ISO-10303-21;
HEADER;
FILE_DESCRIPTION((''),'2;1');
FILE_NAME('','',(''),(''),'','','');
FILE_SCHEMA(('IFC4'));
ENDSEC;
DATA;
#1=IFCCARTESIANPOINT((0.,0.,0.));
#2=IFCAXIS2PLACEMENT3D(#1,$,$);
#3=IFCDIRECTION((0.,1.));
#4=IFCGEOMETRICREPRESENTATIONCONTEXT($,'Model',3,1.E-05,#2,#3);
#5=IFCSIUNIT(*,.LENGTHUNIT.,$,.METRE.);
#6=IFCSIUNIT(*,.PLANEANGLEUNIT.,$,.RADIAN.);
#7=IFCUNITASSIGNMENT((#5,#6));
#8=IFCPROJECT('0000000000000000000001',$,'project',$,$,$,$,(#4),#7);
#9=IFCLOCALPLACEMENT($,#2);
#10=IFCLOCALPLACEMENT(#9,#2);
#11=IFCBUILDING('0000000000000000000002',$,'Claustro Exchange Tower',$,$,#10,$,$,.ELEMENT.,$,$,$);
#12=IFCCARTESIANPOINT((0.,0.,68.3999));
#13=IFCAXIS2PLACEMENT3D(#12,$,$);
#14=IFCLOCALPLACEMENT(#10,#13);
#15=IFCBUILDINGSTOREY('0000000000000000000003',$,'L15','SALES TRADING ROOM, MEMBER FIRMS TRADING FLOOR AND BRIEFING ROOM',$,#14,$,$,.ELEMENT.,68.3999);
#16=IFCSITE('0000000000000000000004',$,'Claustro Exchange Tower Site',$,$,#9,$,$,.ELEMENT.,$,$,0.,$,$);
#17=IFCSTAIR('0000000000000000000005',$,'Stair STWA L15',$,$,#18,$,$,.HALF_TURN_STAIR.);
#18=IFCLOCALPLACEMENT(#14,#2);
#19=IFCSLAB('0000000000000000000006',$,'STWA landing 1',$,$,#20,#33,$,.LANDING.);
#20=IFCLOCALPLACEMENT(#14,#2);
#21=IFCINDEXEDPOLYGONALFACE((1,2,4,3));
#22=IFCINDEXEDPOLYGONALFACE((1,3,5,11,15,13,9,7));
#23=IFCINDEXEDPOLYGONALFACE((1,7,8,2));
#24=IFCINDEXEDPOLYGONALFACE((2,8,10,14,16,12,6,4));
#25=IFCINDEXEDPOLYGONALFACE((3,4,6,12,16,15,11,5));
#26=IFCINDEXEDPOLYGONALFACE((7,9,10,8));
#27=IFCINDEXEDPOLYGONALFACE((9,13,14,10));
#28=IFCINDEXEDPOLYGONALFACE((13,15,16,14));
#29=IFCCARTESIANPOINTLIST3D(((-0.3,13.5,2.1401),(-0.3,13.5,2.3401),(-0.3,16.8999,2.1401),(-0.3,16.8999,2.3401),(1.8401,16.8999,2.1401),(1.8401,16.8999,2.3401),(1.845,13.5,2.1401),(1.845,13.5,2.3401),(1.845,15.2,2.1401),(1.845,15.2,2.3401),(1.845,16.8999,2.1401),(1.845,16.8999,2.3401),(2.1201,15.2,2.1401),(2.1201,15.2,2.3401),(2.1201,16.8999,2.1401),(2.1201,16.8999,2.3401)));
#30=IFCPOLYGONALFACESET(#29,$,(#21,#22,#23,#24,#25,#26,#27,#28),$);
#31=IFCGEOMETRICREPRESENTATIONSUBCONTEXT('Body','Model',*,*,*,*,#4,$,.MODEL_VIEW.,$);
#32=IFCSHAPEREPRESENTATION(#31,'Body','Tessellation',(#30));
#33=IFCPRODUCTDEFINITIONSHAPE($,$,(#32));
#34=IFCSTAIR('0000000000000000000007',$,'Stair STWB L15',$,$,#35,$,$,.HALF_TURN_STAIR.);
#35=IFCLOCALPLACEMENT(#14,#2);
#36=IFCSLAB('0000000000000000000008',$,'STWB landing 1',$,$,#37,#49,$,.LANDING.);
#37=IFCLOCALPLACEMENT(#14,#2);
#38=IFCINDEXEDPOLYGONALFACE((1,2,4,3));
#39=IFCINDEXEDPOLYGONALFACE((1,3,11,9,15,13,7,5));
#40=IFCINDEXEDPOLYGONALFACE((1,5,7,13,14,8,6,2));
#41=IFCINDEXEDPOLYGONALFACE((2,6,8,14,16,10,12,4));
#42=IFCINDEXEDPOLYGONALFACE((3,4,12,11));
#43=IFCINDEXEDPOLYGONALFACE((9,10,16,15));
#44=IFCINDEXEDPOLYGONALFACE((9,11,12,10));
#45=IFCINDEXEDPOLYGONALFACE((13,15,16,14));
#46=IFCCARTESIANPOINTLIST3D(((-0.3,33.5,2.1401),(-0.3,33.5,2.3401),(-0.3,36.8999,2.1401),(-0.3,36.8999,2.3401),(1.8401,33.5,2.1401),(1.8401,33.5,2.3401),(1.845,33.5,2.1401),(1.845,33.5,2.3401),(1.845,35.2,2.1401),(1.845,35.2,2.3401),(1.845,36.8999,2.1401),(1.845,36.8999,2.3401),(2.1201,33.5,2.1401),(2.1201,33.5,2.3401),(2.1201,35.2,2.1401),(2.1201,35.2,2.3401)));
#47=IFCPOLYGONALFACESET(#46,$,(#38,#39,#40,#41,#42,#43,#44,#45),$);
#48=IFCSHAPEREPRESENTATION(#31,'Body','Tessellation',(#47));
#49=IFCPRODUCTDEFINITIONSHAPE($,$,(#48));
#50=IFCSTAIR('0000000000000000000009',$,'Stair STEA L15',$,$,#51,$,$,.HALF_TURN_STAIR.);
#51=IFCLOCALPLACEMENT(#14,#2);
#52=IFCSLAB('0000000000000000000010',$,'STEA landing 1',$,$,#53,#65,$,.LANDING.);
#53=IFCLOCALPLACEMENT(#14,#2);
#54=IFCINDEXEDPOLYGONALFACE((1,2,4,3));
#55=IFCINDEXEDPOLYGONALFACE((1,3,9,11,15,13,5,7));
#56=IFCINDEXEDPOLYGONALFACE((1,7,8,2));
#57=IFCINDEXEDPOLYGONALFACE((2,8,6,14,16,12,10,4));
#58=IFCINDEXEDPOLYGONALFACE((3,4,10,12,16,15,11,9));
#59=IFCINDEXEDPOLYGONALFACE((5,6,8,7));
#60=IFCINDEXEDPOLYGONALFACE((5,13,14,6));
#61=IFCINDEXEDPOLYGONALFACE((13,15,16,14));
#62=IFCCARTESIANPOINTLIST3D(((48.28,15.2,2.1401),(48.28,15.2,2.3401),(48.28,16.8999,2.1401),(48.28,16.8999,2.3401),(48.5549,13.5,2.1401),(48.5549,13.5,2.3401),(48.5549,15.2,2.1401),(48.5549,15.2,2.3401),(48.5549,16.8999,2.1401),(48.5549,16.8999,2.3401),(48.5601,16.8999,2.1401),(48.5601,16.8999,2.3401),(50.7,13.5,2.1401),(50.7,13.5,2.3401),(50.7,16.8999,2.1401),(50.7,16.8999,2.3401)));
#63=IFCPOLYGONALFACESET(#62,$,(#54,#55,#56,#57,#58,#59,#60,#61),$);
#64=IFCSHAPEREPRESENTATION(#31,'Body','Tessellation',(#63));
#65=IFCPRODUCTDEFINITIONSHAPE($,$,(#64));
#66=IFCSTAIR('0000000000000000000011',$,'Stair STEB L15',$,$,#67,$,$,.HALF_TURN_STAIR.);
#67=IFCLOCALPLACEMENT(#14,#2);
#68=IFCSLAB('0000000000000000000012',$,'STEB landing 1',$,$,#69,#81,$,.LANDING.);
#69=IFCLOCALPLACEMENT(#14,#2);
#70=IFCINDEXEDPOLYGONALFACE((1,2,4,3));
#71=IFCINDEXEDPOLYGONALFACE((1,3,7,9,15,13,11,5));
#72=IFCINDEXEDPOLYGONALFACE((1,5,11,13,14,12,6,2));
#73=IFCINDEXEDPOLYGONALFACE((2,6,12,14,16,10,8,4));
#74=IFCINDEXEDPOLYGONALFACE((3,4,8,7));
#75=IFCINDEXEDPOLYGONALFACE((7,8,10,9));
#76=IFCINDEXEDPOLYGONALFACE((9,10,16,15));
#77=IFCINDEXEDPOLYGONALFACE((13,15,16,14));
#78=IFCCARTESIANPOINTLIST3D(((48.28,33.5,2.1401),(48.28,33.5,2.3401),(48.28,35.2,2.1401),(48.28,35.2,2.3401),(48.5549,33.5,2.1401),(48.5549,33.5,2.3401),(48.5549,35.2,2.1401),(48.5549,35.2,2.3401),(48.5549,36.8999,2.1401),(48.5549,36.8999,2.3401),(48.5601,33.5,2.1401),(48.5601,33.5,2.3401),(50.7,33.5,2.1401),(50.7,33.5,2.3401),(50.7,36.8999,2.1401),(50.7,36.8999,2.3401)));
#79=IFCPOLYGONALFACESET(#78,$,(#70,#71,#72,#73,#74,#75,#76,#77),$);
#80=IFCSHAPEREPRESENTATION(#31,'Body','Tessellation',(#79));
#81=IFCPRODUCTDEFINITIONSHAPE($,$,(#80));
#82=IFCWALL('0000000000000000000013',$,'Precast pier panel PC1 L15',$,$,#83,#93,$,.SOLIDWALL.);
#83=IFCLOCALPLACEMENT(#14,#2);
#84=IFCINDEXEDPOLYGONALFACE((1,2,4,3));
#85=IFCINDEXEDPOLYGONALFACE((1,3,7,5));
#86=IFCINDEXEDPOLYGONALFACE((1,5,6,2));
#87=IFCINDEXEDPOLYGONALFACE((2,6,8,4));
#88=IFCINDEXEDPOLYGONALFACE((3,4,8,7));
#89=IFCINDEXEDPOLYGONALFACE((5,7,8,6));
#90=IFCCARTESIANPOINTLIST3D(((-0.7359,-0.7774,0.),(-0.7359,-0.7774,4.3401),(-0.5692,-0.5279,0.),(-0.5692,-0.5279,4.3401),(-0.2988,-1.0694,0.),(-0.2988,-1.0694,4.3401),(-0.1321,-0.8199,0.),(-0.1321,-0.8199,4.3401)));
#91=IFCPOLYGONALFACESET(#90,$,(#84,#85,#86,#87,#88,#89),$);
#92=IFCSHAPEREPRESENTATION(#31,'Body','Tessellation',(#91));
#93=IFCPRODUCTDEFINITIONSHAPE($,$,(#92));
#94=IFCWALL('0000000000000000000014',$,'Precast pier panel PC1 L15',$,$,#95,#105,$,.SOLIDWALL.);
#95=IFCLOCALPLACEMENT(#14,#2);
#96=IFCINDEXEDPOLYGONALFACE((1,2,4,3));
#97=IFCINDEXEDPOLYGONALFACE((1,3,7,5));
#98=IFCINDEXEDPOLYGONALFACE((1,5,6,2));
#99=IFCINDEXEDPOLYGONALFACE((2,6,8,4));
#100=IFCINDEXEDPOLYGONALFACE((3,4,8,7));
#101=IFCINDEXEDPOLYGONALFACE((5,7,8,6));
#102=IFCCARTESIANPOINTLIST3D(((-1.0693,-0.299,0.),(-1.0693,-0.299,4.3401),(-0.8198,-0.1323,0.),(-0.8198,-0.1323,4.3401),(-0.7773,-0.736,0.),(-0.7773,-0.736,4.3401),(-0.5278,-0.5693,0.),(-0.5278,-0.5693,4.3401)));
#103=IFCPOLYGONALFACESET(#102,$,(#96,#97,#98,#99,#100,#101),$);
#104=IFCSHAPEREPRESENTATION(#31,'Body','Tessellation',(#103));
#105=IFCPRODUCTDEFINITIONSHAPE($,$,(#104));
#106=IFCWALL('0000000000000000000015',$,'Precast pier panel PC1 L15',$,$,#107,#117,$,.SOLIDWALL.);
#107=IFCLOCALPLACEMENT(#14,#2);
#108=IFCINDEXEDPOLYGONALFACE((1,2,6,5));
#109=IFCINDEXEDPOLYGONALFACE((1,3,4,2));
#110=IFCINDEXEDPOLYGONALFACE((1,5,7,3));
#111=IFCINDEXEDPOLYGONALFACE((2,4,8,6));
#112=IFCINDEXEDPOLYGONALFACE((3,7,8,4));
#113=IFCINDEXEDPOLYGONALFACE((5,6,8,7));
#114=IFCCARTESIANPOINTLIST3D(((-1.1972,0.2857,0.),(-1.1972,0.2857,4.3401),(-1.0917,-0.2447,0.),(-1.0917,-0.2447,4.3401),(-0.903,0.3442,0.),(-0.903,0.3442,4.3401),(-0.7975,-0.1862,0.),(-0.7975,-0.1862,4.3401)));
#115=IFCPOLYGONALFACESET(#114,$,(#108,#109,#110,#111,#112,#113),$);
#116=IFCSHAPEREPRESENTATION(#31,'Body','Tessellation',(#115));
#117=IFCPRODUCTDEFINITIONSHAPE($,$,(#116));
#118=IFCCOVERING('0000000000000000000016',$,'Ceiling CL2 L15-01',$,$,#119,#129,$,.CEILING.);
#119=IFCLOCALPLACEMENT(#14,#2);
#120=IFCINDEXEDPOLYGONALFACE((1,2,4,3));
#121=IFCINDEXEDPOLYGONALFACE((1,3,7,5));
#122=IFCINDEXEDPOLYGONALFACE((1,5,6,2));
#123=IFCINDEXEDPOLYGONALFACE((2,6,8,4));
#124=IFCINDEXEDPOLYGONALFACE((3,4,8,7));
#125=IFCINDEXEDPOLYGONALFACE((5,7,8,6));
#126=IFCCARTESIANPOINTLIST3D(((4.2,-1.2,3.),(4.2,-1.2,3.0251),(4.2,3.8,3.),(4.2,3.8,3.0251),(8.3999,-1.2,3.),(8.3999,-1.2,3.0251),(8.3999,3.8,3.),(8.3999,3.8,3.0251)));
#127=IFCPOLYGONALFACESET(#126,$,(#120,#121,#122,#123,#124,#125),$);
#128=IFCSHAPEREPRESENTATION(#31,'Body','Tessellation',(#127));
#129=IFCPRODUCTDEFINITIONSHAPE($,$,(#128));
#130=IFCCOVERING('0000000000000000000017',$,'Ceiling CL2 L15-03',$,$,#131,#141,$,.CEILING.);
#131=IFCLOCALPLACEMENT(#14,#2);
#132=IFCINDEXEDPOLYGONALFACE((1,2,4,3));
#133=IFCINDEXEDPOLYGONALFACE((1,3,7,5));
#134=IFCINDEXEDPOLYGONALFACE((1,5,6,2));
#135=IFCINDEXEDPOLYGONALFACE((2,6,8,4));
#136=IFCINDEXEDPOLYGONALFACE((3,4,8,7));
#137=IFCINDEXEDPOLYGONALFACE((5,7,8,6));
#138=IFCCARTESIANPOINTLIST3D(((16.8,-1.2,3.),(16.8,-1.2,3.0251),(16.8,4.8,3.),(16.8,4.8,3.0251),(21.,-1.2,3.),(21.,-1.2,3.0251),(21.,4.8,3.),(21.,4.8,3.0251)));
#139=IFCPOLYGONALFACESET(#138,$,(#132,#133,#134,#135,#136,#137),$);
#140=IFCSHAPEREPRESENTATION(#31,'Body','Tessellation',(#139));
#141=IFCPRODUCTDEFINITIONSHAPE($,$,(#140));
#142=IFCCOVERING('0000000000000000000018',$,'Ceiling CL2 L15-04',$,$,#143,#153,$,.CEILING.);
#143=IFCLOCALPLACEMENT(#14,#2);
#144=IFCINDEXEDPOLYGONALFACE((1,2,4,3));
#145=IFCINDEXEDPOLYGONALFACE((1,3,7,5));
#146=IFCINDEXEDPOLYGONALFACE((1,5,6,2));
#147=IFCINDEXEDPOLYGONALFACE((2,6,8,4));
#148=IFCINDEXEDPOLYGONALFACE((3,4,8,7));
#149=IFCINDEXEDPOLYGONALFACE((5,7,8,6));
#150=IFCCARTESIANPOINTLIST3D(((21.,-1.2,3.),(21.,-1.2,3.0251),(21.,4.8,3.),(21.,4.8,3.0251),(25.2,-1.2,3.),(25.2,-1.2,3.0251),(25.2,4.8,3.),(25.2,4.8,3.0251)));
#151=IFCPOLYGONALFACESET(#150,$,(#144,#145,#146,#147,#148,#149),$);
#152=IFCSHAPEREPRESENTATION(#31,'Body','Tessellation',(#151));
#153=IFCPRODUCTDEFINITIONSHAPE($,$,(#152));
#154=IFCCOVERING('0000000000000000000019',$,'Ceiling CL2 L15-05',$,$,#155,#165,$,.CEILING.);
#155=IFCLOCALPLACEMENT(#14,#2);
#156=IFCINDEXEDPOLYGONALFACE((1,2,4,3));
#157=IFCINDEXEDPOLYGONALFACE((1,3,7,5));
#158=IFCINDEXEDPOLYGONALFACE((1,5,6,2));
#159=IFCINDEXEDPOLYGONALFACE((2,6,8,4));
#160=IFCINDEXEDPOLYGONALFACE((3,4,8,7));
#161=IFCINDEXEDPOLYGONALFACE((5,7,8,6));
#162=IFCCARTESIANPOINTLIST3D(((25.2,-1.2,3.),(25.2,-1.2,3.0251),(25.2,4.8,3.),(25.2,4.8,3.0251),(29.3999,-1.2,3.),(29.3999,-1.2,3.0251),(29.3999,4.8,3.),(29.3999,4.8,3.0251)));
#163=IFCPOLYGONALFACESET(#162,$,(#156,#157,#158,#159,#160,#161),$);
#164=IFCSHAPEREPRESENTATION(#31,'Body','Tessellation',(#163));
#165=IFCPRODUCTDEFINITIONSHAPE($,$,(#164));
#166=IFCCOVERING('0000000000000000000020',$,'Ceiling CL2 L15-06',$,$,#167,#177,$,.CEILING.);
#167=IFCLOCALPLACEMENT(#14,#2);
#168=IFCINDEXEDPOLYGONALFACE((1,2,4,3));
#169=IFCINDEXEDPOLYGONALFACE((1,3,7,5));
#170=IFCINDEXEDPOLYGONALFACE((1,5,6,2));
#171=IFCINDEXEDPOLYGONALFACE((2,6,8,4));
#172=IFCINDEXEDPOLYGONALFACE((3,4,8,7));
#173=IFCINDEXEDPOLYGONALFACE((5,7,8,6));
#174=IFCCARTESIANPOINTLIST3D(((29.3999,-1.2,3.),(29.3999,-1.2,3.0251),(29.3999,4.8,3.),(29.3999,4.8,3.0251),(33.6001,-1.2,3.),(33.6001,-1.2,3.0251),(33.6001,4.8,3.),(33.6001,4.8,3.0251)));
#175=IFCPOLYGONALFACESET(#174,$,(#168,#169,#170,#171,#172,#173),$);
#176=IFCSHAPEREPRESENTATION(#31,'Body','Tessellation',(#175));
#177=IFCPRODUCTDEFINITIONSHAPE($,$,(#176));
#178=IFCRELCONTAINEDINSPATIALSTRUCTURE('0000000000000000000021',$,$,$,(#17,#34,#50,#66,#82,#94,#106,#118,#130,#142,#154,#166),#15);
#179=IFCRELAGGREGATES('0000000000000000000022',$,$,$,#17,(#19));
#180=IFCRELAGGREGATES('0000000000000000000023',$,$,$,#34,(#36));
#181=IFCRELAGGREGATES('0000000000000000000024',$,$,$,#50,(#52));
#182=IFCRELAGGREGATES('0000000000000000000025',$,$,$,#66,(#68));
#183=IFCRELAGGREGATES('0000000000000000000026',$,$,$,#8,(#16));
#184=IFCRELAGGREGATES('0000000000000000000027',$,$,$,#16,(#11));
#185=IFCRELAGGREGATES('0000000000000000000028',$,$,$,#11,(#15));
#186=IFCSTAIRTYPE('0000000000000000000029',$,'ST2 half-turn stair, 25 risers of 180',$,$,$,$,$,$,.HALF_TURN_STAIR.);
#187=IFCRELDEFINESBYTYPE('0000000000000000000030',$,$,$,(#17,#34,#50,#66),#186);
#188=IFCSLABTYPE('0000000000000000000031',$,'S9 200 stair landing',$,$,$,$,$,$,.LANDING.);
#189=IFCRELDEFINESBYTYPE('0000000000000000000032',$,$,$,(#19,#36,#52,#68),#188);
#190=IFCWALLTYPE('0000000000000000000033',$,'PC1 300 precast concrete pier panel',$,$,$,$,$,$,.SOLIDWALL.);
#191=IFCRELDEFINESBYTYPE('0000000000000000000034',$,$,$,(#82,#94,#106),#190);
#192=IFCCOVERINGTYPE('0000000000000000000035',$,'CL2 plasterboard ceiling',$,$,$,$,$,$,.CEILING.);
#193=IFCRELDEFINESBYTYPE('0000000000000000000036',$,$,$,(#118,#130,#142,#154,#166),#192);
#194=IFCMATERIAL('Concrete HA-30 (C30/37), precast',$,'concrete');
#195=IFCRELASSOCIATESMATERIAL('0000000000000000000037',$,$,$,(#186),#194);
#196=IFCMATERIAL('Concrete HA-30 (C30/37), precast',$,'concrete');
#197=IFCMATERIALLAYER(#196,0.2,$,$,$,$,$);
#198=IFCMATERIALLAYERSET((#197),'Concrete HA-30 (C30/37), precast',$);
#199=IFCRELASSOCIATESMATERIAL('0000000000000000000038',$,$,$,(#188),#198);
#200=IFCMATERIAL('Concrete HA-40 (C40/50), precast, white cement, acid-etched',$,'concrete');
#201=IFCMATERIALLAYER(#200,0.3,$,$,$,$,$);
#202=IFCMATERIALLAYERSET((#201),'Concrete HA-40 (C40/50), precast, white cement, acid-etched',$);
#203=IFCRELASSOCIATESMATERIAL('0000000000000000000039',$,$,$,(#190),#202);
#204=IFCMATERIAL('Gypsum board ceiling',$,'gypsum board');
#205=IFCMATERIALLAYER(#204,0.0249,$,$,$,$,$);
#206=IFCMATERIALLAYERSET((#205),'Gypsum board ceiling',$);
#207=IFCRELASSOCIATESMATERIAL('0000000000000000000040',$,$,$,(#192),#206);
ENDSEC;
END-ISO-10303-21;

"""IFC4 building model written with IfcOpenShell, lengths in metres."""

from ifc_helpers import new_model, si_unit, direction, frame, frame_2d, origin, place, context, subcontext, project, spatial, polyline, rectangle, outline, extrude, material, layer, layer_set, type_object, element, aggregate, save


model = new_model("IFC4")

# Units and contexts
model_context = context("Model", 3, precision=1e-05, world=origin(), true_north=direction((0.0, 1.0)))
body_context = subcontext(model_context, "Body", "Model", "MODEL_VIEW")
ifc_project = project(units=[si_unit("LENGTHUNIT", "METRE"), si_unit("PLANEANGLEUNIT", "RADIAN")], contexts=[model_context])

# Site, building, storey
site_placement = place(None, origin())
site = spatial("IfcSite", under=ifc_project, at=site_placement, Name="Claustro Exchange Tower Site", CompositionType="ELEMENT", RefElevation=0.0)
building_placement = place(site_placement, origin())
building = spatial("IfcBuilding", under=site, at=building_placement, Name="Claustro Exchange Tower", CompositionType="ELEMENT")
storey_placement = place(building_placement, frame((0.0, 0.0, 68.3999)))
storey = spatial("IfcBuildingStorey", under=building, at=storey_placement, Name="L15", Description="SALES TRADING ROOM, MEMBER FIRMS TRADING FLOOR AND BRIEFING ROOM", CompositionType="ELEMENT", Elevation=68.3999)

# Stairs, slabs
ifc_material_1 = material(Name="Concrete HA-30 (C30/37), precast", Category="concrete")
stair_type = type_object("IfcStairType", Name="ST2 half-turn stair, 25 risers of 180", PredefinedType="HALF_TURN_STAIR", material=ifc_material_1)
stair_1_placement = place(storey_placement, origin())
stair_1 = element("IfcStair", 1, at=stair_1_placement, inside=storey, type_object=stair_type, Name="Stair STWA L15", PredefinedType="HALF_TURN_STAIR")
ifc_material_2 = material(Name="Concrete HA-30 (C30/37), precast", Category="concrete")
ifc_layer_1 = layer(ifc_material_2, 0.2)
ifc_layer_set_1 = layer_set([ifc_layer_1], Name="Concrete HA-30 (C30/37), precast")
slab_type_1 = type_object("IfcSlabType", Name="S9 200 stair landing", PredefinedType="LANDING", material=ifc_layer_set_1)
slab_1_placement = place(storey_placement, frame((0.0, 0.0, 2.1401)))
slab_1 = element("IfcSlab", 2, at=slab_1_placement, type_object=slab_type_1, Name="STWA landing 1", PredefinedType="LANDING", context=body_context, shape_type="SweptSolid", body=[
    extrude(outline(polyline([(1.845, 13.5), (-0.3, 13.5), (-0.3, 16.8999), (1.8401, 16.8999), (1.845, 16.8999), (2.1201, 16.8999), (2.1201, 15.2), (1.845, 15.2), (1.845, 13.5)])), origin(), (0.0, 0.0, 1.0), 0.2),
])
aggregate(stair_1, [slab_1])
stair_2_placement = place(storey_placement, origin())
stair_2 = element("IfcStair", 3, at=stair_2_placement, inside=storey, type_object=stair_type, Name="Stair STWB L15", PredefinedType="HALF_TURN_STAIR")
slab_2_placement = place(storey_placement, frame((0.0, 0.0, 2.1401)))
slab_2 = element("IfcSlab", 4, at=slab_2_placement, type_object=slab_type_1, Name="STWB landing 1", PredefinedType="LANDING", context=body_context, shape_type="SweptSolid", body=[
    extrude(outline(polyline([(2.1201, 35.2), (2.1201, 33.5), (1.845, 33.5), (1.8401, 33.5), (-0.3, 33.5), (-0.3, 36.8999), (1.845, 36.8999), (1.845, 35.2), (2.1201, 35.2)])), origin(), (0.0, 0.0, 1.0), 0.2),
])
aggregate(stair_2, [slab_2])
stair_3_placement = place(storey_placement, origin())
stair_3 = element("IfcStair", 5, at=stair_3_placement, inside=storey, type_object=stair_type, Name="Stair STEA L15", PredefinedType="HALF_TURN_STAIR")
slab_3_placement = place(storey_placement, frame((0.0, 0.0, 2.1401)))
slab_3 = element("IfcSlab", 6, at=slab_3_placement, type_object=slab_type_1, Name="STEA landing 1", PredefinedType="LANDING", context=body_context, shape_type="SweptSolid", body=[
    extrude(outline(polyline([(50.7, 16.8999), (50.7, 13.5), (48.5549, 13.5), (48.5549, 15.2), (48.28, 15.2), (48.28, 16.8999), (48.5549, 16.8999), (48.5601, 16.8999), (50.7, 16.8999)])), origin(), (0.0, 0.0, 1.0), 0.2),
])
aggregate(stair_3, [slab_3])
stair_4_placement = place(storey_placement, origin())
stair_4 = element("IfcStair", 7, at=stair_4_placement, inside=storey, type_object=stair_type, Name="Stair STEB L15", PredefinedType="HALF_TURN_STAIR")
slab_4_placement = place(storey_placement, frame((0.0, 0.0, 2.1401)))
slab_4 = element("IfcSlab", 8, at=slab_4_placement, type_object=slab_type_1, Name="STEB landing 1", PredefinedType="LANDING", context=body_context, shape_type="SweptSolid", body=[
    extrude(outline(polyline([(48.28, 33.5), (48.28, 35.2), (48.5549, 35.2), (48.5549, 36.8999), (50.7, 36.8999), (50.7, 33.5), (48.5601, 33.5), (48.5549, 33.5), (48.28, 33.5)])), origin(), (0.0, 0.0, 1.0), 0.2),
])
aggregate(stair_4, [slab_4])

# Walls
ifc_material_3 = material(Name="Concrete HA-40 (C40/50), precast, white cement, acid-etched", Category="concrete")
ifc_layer_2 = layer(ifc_material_3, 0.3)
ifc_layer_set_2 = layer_set([ifc_layer_2], Name="Concrete HA-40 (C40/50), precast, white cement, acid-etched")
wall_type = type_object("IfcWallType", Name="PC1 300 precast concrete pier panel", PredefinedType="SOLIDWALL", material=ifc_layer_set_2)
for number, where, z_axis, x_axis, name in (
    (9, (-0.2156, -0.9446, 0.0), (0.0, 0.0, 1.0), (-0.831478, 0.555557, 0.0), "Precast pier panel PC1 L15"),
    (10, (-0.6526, -0.6526, 0.0), (0.0, 0.0, 1.0), (-0.555557, 0.831478, 0.0), "Precast pier panel PC1 L15"),
):
    element("IfcWall", number, at=place(storey_placement, frame(where, z_axis=z_axis, x_axis=x_axis)), inside=storey, type_object=wall_type, Name=name, PredefinedType="SOLIDWALL", context=body_context, shape_type="SweptSolid", body=[
        extrude(rectangle(XDim=0.5256, YDim=0.3, at=frame_2d((0.2627, 0.0))), origin(), (0.0, 0.0, 1.0), 4.3401),
    ])
wall_placement = place(storey_placement, frame((-0.9446, -0.2156, 0.0), z_axis=(0.0, 0.0, 1.0), x_axis=(-0.195074, 0.980789, 0.0)))
element("IfcWall", 11, at=wall_placement, inside=storey, type_object=wall_type, Name="Precast pier panel PC1 L15", PredefinedType="SOLIDWALL", context=body_context, shape_type="SweptSolid", body=[
    extrude(rectangle(XDim=0.5408, YDim=0.3, at=frame_2d((0.2705, 0.0))), origin(), (0.0, 0.0, 1.0), 4.3401),
])

# Coverings
ifc_material_4 = material(Name="Gypsum board ceiling", Category="gypsum board")
ifc_layer_3 = layer(ifc_material_4, 0.0249)
ifc_layer_set_3 = layer_set([ifc_layer_3], Name="Gypsum board ceiling")
covering_type = type_object("IfcCoveringType", Name="CL2 plasterboard ceiling", PredefinedType="CEILING", material=ifc_layer_set_3)
covering_1_placement = place(storey_placement, frame((0.0, 0.0, 3.0)))
element("IfcCovering", 12, at=covering_1_placement, inside=storey, type_object=covering_type, Name="Ceiling CL2 L15-01", PredefinedType="CEILING", context=body_context, shape_type="SweptSolid", body=[
    extrude(outline(polyline([(4.2, -1.2), (8.3999, -1.2), (8.3999, 3.8), (4.2, 3.8), (4.2, -1.2)])), origin(), (0.0, 0.0, 1.0), 0.0251),
])
covering_2_placement = place(storey_placement, frame((0.0, 0.0, 3.0)))
element("IfcCovering", 13, at=covering_2_placement, inside=storey, type_object=covering_type, Name="Ceiling CL2 L15-03", PredefinedType="CEILING", context=body_context, shape_type="SweptSolid", body=[
    extrude(outline(polyline([(16.8, -1.2), (21.0, -1.2), (21.0, 4.8), (16.8, 4.8), (16.8, -1.2)])), origin(), (0.0, 0.0, 1.0), 0.0251),
])
covering_3_placement = place(storey_placement, frame((0.0, 0.0, 3.0)))
element("IfcCovering", 14, at=covering_3_placement, inside=storey, type_object=covering_type, Name="Ceiling CL2 L15-04", PredefinedType="CEILING", context=body_context, shape_type="SweptSolid", body=[
    extrude(outline(polyline([(21.0, -1.2), (25.2, -1.2), (25.2, 4.8), (21.0, 4.8), (21.0, -1.2)])), origin(), (0.0, 0.0, 1.0), 0.0251),
])
covering_4_placement = place(storey_placement, frame((0.0, 0.0, 3.0)))
element("IfcCovering", 15, at=covering_4_placement, inside=storey, type_object=covering_type, Name="Ceiling CL2 L15-05", PredefinedType="CEILING", context=body_context, shape_type="SweptSolid", body=[
    extrude(outline(polyline([(25.2, -1.2), (29.3999, -1.2), (29.3999, 4.8), (25.2, 4.8), (25.2, -1.2)])), origin(), (0.0, 0.0, 1.0), 0.0251),
])
covering_5_placement = place(storey_placement, frame((0.0, 0.0, 3.0)))
element("IfcCovering", 16, at=covering_5_placement, inside=storey, type_object=covering_type, Name="Ceiling CL2 L15-06", PredefinedType="CEILING", context=body_context, shape_type="SweptSolid", body=[
    extrude(outline(polyline([(29.3999, -1.2), (33.6001, -1.2), (33.6001, 4.8), (29.3999, 4.8), (29.3999, -1.2)])), origin(), (0.0, 0.0, 1.0), 0.0251),
])

save(model, "model.ifc")
